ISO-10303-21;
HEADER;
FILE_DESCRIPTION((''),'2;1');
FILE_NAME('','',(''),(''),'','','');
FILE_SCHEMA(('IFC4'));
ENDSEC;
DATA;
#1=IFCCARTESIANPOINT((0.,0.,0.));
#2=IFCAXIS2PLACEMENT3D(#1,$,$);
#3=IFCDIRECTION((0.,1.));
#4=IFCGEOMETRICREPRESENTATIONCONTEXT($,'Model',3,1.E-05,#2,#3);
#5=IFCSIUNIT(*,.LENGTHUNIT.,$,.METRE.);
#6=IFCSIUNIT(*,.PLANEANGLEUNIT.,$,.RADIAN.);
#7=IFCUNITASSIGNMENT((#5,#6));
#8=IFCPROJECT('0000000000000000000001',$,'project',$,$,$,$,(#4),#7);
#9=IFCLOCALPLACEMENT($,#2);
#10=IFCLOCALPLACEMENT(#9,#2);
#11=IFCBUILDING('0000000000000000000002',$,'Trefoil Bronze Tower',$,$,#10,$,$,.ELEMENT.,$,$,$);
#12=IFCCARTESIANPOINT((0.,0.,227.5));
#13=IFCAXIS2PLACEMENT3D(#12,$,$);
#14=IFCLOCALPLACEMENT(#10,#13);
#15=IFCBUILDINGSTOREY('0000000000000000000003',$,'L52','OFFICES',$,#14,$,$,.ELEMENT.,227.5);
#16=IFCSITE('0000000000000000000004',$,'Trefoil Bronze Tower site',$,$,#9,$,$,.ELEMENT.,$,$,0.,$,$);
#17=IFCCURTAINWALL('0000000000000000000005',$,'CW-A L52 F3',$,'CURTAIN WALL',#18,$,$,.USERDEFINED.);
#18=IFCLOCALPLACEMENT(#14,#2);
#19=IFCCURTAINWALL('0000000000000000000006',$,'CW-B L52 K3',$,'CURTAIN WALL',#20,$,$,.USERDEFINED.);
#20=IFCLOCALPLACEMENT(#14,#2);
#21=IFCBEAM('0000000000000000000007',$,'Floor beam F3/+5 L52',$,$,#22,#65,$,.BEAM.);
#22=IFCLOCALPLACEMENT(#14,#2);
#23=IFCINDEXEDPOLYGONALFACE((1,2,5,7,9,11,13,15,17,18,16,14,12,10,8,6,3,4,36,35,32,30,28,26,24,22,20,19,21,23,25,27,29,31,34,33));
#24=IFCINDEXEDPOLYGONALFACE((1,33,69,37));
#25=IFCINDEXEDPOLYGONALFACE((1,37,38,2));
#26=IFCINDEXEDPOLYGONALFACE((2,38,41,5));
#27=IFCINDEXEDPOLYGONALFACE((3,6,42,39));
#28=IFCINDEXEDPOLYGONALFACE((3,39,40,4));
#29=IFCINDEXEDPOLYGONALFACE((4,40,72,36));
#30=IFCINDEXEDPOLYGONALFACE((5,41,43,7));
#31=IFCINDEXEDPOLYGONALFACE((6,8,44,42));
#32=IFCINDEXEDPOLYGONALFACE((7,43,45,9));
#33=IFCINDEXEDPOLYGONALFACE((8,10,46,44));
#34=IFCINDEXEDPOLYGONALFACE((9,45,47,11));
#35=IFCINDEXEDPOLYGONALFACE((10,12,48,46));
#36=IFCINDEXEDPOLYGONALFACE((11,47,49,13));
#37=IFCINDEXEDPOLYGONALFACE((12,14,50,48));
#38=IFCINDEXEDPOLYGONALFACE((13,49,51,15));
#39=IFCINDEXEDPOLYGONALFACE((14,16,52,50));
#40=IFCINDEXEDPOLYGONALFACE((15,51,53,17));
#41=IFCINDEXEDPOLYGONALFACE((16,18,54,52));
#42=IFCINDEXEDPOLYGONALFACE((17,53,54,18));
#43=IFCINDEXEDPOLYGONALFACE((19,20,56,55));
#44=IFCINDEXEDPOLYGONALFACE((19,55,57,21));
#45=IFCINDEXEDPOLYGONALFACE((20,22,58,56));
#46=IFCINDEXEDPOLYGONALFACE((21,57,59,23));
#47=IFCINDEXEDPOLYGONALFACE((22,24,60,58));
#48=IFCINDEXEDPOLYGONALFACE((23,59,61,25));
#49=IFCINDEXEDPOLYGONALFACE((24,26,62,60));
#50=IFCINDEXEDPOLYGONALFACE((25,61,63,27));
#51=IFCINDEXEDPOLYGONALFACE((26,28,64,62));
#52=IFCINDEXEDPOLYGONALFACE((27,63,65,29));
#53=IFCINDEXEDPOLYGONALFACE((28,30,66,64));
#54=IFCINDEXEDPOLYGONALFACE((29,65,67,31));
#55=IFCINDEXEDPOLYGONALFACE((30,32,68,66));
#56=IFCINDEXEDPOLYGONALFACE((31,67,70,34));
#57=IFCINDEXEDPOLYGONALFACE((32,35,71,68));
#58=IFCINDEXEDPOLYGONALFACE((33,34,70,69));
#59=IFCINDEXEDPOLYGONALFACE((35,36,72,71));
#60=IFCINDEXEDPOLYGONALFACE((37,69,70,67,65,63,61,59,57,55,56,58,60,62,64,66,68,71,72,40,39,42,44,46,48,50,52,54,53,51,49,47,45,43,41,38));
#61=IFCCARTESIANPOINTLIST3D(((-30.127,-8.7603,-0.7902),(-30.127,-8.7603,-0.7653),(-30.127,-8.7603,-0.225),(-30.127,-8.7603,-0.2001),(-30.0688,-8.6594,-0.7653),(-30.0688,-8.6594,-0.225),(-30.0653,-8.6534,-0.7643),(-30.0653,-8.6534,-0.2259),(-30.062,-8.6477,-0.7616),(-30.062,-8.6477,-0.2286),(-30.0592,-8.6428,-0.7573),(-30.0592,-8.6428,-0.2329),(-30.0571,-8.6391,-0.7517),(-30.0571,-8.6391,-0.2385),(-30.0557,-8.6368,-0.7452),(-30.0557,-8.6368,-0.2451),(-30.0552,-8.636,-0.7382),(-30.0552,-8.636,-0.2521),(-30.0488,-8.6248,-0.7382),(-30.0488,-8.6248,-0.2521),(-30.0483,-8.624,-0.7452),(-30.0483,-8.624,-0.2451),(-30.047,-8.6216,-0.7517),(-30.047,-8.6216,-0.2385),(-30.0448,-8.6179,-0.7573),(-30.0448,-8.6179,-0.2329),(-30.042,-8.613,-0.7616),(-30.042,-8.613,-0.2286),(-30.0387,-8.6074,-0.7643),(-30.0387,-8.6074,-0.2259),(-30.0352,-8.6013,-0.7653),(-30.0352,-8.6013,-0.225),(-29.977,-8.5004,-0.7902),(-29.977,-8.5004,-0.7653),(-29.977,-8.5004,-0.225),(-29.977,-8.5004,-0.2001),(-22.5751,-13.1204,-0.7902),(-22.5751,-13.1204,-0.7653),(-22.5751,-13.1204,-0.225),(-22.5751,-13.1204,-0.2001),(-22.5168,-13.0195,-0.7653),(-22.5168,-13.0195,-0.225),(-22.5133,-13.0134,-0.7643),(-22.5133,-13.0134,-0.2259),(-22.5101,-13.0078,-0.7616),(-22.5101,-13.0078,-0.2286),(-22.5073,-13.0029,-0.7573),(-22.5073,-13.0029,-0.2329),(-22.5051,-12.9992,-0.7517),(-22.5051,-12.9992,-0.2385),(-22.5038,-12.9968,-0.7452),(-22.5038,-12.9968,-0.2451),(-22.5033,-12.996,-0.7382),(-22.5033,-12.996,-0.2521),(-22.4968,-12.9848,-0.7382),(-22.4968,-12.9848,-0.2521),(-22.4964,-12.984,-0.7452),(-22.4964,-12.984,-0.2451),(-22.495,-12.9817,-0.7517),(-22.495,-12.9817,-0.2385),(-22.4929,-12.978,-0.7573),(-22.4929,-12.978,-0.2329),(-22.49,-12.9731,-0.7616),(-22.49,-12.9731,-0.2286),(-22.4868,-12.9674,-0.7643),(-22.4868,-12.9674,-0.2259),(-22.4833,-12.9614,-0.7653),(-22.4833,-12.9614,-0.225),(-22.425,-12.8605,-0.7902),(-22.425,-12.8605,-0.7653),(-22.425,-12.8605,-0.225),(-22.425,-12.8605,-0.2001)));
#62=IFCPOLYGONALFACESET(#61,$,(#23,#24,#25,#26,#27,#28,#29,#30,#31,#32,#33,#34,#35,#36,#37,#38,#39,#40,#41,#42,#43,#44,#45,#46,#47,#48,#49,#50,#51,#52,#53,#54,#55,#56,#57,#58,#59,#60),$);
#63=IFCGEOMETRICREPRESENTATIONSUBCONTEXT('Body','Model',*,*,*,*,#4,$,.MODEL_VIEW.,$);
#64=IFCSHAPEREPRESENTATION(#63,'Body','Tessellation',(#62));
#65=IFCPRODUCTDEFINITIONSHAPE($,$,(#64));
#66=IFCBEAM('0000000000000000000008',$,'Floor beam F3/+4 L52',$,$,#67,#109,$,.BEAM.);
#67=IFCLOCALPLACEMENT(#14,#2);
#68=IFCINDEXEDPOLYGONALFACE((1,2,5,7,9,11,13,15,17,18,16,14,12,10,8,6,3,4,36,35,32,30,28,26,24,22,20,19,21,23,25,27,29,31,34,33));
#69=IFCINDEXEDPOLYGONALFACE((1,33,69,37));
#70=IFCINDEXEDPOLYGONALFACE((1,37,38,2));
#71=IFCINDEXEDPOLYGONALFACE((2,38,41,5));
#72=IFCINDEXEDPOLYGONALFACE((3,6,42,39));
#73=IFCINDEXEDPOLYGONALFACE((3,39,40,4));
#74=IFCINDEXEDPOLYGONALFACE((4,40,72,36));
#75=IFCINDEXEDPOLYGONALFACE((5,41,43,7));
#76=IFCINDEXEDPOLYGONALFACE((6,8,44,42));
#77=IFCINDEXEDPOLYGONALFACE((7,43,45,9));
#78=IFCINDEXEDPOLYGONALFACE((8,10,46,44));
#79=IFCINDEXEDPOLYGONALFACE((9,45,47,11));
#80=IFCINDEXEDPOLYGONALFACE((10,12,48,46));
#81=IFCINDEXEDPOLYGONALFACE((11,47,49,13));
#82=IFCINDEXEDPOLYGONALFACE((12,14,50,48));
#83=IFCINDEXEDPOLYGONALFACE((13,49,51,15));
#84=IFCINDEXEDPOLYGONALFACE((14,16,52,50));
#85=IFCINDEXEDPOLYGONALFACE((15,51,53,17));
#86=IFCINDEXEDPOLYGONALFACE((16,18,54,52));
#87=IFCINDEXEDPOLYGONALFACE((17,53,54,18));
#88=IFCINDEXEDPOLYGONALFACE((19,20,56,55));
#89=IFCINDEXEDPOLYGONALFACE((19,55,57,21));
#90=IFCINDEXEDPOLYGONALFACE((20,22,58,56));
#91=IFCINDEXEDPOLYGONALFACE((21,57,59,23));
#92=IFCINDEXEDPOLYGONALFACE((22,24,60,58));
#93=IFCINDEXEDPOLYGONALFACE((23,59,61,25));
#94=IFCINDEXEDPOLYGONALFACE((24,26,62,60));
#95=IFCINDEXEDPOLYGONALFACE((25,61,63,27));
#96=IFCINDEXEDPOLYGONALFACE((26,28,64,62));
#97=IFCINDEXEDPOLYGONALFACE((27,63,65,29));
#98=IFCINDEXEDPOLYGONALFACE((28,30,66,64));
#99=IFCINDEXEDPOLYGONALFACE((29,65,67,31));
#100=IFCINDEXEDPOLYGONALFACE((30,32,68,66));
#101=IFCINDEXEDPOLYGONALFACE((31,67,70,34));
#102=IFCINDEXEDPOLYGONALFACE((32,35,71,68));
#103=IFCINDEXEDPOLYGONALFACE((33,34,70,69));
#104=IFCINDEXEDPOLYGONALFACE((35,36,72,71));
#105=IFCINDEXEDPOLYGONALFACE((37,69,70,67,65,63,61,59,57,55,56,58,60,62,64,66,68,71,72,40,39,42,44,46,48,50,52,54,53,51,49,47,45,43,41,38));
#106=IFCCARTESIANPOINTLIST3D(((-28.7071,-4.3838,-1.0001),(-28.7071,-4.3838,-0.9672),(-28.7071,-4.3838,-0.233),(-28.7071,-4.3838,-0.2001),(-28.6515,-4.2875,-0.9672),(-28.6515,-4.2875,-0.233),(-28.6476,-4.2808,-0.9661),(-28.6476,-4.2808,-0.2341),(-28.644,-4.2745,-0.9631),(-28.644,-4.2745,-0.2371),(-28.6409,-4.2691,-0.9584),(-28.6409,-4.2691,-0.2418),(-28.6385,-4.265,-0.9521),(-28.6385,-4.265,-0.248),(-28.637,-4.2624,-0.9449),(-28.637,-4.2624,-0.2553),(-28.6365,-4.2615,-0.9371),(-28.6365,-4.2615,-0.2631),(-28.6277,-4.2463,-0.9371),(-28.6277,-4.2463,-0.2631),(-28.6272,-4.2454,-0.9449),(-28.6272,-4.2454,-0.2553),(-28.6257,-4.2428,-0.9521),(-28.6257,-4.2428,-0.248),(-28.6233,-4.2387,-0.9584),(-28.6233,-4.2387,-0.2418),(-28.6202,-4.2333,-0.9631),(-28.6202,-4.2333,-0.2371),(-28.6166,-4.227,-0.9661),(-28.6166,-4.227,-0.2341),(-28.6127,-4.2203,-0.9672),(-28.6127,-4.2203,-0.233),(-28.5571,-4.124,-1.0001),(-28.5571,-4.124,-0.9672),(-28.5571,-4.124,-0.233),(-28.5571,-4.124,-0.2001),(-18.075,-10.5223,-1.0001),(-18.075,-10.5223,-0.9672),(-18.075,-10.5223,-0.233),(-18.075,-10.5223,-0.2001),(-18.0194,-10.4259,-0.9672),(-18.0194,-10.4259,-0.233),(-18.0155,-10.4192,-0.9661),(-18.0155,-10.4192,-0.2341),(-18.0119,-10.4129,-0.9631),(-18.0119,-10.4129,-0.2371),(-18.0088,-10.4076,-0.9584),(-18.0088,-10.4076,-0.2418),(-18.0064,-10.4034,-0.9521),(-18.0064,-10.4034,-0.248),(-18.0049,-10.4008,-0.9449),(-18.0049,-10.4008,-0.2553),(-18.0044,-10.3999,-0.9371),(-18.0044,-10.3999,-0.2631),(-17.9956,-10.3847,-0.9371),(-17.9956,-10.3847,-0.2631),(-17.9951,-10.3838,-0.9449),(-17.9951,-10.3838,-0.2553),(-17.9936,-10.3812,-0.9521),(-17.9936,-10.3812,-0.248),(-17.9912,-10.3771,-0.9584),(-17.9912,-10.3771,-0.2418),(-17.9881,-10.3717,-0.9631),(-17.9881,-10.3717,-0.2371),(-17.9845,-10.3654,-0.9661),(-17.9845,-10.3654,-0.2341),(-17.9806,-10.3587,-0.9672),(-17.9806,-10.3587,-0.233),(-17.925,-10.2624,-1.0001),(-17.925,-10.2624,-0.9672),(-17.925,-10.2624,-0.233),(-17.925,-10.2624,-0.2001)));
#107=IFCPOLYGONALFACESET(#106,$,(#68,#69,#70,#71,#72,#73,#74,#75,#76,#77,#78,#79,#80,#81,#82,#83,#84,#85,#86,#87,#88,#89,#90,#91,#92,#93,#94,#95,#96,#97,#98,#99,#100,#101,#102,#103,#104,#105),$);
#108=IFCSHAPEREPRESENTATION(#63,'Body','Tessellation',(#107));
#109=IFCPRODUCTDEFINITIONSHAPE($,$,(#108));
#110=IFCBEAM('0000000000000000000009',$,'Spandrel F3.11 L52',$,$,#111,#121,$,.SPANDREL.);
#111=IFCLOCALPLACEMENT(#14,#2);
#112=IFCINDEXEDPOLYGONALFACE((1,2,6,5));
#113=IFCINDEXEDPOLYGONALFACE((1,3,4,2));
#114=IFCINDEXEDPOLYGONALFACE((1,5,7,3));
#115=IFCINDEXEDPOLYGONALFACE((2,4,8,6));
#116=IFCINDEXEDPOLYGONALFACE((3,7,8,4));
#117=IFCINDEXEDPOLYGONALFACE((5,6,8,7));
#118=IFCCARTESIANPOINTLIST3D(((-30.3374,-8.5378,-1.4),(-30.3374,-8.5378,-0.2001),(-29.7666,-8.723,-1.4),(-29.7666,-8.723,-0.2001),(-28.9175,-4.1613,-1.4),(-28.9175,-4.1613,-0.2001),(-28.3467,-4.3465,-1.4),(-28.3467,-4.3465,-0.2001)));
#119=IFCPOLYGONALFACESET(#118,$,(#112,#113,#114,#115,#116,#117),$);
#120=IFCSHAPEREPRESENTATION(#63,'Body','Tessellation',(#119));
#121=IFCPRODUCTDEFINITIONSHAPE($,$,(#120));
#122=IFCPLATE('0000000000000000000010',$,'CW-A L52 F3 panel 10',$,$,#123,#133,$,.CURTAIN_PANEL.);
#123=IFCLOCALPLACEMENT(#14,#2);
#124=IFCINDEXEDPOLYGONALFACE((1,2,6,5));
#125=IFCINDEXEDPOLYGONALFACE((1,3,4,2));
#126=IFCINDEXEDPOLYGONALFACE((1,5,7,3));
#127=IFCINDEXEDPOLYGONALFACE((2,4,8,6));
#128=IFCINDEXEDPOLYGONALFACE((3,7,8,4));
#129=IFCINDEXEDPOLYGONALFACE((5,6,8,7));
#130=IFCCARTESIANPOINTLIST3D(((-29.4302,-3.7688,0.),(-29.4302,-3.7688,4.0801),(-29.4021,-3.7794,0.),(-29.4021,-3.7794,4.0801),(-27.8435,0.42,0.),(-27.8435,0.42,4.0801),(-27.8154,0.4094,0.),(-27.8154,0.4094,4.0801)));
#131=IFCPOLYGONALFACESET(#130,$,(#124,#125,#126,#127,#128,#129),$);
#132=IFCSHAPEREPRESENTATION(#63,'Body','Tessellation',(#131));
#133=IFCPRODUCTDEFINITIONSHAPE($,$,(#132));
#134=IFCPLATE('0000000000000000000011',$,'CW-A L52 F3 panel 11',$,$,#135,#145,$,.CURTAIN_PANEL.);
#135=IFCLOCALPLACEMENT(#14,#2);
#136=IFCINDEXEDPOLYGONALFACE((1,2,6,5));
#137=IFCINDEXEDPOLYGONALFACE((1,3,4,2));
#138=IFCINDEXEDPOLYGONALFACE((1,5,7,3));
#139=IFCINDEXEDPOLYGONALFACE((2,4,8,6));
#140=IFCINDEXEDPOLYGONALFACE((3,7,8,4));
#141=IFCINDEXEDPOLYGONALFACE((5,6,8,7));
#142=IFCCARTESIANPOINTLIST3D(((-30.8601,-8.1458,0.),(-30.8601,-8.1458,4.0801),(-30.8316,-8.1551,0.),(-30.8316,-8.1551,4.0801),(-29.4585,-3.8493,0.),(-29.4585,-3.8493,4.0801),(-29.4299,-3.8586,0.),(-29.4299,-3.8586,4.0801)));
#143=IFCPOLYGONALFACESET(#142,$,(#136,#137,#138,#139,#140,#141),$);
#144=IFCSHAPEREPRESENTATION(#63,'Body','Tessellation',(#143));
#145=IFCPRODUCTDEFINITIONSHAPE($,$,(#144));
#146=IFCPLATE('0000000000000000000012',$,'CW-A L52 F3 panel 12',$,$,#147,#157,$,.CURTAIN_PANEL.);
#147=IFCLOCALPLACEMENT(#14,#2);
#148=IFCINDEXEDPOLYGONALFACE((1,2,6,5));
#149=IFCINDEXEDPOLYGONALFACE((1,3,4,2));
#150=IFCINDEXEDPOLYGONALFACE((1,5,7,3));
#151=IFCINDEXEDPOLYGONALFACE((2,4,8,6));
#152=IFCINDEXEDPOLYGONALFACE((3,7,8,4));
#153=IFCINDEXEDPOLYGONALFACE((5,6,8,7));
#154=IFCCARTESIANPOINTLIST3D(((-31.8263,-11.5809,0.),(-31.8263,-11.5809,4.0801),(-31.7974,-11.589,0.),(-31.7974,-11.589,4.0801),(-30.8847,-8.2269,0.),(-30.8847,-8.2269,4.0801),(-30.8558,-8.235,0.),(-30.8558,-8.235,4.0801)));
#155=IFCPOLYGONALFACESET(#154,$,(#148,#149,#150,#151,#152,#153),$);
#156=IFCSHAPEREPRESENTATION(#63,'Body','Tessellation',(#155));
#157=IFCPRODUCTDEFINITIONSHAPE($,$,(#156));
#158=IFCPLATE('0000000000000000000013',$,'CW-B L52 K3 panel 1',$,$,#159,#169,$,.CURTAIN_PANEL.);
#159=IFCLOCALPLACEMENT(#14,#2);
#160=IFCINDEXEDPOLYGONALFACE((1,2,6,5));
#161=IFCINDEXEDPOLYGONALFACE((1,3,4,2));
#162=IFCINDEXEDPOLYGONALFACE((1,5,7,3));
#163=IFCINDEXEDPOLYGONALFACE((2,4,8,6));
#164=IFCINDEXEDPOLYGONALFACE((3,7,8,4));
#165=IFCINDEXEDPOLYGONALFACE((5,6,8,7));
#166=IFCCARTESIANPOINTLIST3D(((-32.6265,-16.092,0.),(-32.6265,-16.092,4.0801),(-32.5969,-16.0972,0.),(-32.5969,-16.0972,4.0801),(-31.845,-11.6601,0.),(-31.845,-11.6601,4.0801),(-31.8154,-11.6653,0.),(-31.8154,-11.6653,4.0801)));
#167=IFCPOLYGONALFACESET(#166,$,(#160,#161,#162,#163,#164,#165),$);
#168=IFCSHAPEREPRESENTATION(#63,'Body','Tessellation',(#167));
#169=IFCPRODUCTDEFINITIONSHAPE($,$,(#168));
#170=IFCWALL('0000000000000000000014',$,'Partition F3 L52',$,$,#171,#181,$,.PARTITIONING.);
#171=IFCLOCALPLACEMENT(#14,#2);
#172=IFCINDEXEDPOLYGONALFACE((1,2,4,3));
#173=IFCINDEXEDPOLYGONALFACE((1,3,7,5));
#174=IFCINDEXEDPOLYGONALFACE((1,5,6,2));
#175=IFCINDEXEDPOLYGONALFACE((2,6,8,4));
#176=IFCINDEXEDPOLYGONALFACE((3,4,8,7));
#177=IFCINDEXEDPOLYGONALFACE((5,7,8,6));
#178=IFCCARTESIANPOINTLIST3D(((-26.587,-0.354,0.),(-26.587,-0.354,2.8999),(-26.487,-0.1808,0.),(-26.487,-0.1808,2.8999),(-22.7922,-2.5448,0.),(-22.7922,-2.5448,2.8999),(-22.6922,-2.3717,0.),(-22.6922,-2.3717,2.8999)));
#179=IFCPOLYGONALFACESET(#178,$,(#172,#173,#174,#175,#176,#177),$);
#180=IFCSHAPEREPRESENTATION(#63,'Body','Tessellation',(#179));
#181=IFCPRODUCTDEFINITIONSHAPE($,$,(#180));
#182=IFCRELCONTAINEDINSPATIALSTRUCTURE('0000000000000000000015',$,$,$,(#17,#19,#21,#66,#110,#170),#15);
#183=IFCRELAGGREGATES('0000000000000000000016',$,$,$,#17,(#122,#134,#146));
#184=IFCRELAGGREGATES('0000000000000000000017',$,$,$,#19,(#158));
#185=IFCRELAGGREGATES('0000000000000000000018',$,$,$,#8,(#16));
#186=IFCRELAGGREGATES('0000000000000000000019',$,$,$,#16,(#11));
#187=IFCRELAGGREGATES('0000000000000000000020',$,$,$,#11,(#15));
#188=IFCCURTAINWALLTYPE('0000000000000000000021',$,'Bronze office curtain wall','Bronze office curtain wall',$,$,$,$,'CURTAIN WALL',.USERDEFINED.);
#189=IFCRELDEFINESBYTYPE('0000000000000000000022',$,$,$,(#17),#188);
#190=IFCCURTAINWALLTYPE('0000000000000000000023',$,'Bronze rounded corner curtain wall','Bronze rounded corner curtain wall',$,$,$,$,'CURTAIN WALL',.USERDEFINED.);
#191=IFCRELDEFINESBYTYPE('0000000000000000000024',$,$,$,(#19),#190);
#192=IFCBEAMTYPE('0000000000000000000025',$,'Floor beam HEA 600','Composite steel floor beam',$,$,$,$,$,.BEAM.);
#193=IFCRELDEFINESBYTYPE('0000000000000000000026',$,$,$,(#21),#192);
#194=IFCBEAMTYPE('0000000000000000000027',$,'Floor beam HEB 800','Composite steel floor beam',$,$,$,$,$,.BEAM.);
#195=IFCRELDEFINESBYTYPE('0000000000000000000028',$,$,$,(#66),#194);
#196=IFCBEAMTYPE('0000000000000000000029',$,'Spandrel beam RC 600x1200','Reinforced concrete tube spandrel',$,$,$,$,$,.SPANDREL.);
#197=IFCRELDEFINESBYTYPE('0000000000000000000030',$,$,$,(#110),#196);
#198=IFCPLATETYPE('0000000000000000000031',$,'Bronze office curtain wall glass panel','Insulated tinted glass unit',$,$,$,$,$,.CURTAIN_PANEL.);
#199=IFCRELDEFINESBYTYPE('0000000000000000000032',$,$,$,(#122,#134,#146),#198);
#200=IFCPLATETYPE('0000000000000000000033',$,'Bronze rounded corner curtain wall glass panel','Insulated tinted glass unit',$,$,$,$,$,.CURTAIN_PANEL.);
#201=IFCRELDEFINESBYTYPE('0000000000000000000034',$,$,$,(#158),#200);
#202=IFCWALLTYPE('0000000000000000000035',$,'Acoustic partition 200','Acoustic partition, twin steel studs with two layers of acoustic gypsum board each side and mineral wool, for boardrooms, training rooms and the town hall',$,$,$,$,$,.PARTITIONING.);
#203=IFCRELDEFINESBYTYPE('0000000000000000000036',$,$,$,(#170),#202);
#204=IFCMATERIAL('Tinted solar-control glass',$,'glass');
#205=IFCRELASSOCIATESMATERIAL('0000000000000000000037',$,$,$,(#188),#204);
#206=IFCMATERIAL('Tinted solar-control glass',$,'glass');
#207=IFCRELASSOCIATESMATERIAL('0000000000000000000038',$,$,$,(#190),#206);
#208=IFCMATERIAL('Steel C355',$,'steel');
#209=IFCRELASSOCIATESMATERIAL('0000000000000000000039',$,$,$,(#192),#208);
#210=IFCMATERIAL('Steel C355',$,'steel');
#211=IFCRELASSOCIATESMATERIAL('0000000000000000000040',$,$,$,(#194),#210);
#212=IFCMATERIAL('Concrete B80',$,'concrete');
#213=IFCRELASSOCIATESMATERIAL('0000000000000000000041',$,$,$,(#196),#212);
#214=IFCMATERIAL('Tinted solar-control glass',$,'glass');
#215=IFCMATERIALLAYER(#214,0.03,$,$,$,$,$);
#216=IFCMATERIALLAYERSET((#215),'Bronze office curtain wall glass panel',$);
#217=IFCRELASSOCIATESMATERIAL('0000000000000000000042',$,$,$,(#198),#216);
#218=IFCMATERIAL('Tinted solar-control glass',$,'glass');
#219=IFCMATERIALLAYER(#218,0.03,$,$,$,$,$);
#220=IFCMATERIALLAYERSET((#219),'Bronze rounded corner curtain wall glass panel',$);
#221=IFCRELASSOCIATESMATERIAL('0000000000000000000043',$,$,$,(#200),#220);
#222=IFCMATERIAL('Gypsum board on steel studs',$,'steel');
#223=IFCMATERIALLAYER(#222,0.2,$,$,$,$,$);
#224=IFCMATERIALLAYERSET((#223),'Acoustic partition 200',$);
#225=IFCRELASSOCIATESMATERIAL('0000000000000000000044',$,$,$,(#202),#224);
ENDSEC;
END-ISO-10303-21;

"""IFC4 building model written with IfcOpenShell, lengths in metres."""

from ifc_helpers import new_model, si_unit, direction, frame, frame_2d, origin, origin_2d, place, context, subcontext, project, spatial, rectangle, i_section, extrude, material, layer, layer_set, material_profile, profile_set, type_object, element, aggregate, save


model = new_model("IFC4")

# Units and contexts
model_context = context("Model", 3, precision=1e-05, world=origin(), true_north=direction((0.0, 1.0)))
body_context = subcontext(model_context, "Body", "Model", "MODEL_VIEW")
ifc_project = project(units=[si_unit("LENGTHUNIT", "METRE"), si_unit("PLANEANGLEUNIT", "RADIAN")], contexts=[model_context])

# Site, building, storey
site_placement = place(None, origin())
site = spatial("IfcSite", under=ifc_project, at=site_placement, Name="Trefoil Bronze Tower site", CompositionType="ELEMENT", RefElevation=0.0)
building_placement = place(site_placement, origin())
building = spatial("IfcBuilding", under=site, at=building_placement, Name="Trefoil Bronze Tower", CompositionType="ELEMENT")
storey_placement = place(building_placement, frame((0.0, 0.0, 227.5)))
storey = spatial("IfcBuildingStorey", under=building, at=storey_placement, Name="L52", Description="OFFICES", CompositionType="ELEMENT", Elevation=227.5)

# Curtain walls
ifc_material_1 = material(Name="Tinted solar-control glass", Category="glass")
curtain_wall_type_1 = type_object("IfcCurtainWallType", Name="Bronze office curtain wall", Description="Bronze office curtain wall", ElementType="CURTAIN WALL", PredefinedType="USERDEFINED", material=ifc_material_1)
curtain_wall_1_placement = place(storey_placement, origin())
curtain_wall_1 = element("IfcCurtainWall", 1, at=curtain_wall_1_placement, inside=storey, type_object=curtain_wall_type_1, Name="CW-A L52 F3", ObjectType="CURTAIN WALL", PredefinedType="USERDEFINED")
ifc_material_2 = material(Name="Tinted solar-control glass", Category="glass")
curtain_wall_type_2 = type_object("IfcCurtainWallType", Name="Bronze rounded corner curtain wall", Description="Bronze rounded corner curtain wall", ElementType="CURTAIN WALL", PredefinedType="USERDEFINED", material=ifc_material_2)
curtain_wall_2_placement = place(storey_placement, origin())
curtain_wall_2 = element("IfcCurtainWall", 2, at=curtain_wall_2_placement, inside=storey, type_object=curtain_wall_type_2, Name="CW-B L52 K3", ObjectType="CURTAIN WALL", PredefinedType="USERDEFINED")

# Beams
ifc_material_3 = material(Name="Steel C355", Category="steel")
ifc_material_profile_1 = material_profile(ifc_material_3, i_section(OverallWidth=0.3, OverallDepth=0.5901, WebThickness=0.0129, FlangeThickness=0.0249, FilletRadius=0.0271, at=origin_2d()), Name="HEA 600")
ifc_profile_set_1 = profile_set([ifc_material_profile_1], Name="Steel C355")
beam_type_1 = type_object("IfcBeamType", Name="Floor beam HEA 600", Description="Composite steel floor beam", PredefinedType="BEAM", material=ifc_profile_set_1)
beam_1_placement = place(storey_placement, frame((-30.052, -8.6304, -0.4951), z_axis=(0.866028, -0.499996, 0.0), x_axis=(0.499996, 0.866028, 0.0)))
element("IfcBeam", 3, at=beam_1_placement, inside=storey, type_object=beam_type_1, Name="Floor beam F3/+5 L52", PredefinedType="BEAM", context=body_context, shape_type="SweptSolid", body=[
    extrude(i_section(OverallWidth=0.3, OverallDepth=0.5901, WebThickness=0.0129, FlangeThickness=0.0249, FilletRadius=0.0271, at=origin_2d()), origin(), (0.0, 0.0, 1.0), 8.7202),
])
ifc_material_4 = material(Name="Steel C355", Category="steel")
ifc_material_profile_2 = material_profile(ifc_material_4, i_section(OverallWidth=0.3, OverallDepth=0.8, WebThickness=0.0176, FlangeThickness=0.033, FilletRadius=0.03, at=origin_2d()), Name="HEB 800")
ifc_profile_set_2 = profile_set([ifc_material_profile_2], Name="Steel C355")
beam_type_2 = type_object("IfcBeamType", Name="Floor beam HEB 800", Description="Composite steel floor beam", PredefinedType="BEAM", material=ifc_profile_set_2)
beam_2_placement = place(storey_placement, frame((-28.6321, -4.2539, -0.6001), z_axis=(0.866026, -0.5, 0.0), x_axis=(0.5, 0.866026, 0.0)))
element("IfcBeam", 4, at=beam_2_placement, inside=storey, type_object=beam_type_2, Name="Floor beam F3/+4 L52", PredefinedType="BEAM", context=body_context, shape_type="SweptSolid", body=[
    extrude(i_section(OverallWidth=0.3, OverallDepth=0.8, WebThickness=0.0176, FlangeThickness=0.033, FilletRadius=0.03, at=origin_2d()), origin(), (0.0, 0.0, 1.0), 12.2769),
])
ifc_material_5 = material(Name="Concrete B80", Category="concrete")
ifc_material_profile_3 = material_profile(ifc_material_5, rectangle(XDim=0.6001, YDim=1.2, at=origin_2d()), Name="RC 600x1200")
ifc_profile_set_3 = profile_set([ifc_material_profile_3], Name="Concrete B80")
beam_type_3 = type_object("IfcBeamType", Name="Spandrel beam RC 600x1200", Description="Reinforced concrete tube spandrel", PredefinedType="SPANDREL", material=ifc_profile_set_3)
beam_3_placement = place(storey_placement, frame((-28.6321, -4.2539, -0.8), z_axis=(-0.308609, -0.951189, 0.0), x_axis=(0.951189, -0.308609, 0.0)))
element("IfcBeam", 5, at=beam_3_placement, inside=storey, type_object=beam_type_3, Name="Spandrel F3.11 L52", PredefinedType="SPANDREL", context=body_context, shape_type="SweptSolid", body=[
    extrude(rectangle(XDim=0.6001, YDim=1.2, at=origin_2d()), origin(), (0.0, 0.0, 1.0), 4.6011),
])

# Plates
ifc_material_6 = material(Name="Tinted solar-control glass", Category="glass")
ifc_layer_1 = layer(ifc_material_6, 0.03)
ifc_layer_set_1 = layer_set([ifc_layer_1], Name="Bronze office curtain wall glass panel")
plate_type_1 = type_object("IfcPlateType", Name="Bronze office curtain wall glass panel", Description="Insulated tinted glass unit", PredefinedType="CURTAIN_PANEL", material=ifc_layer_set_1)
plate_1_placement = place(storey_placement, frame((-28.6228, -1.6797, 0.0), z_axis=(0.0, 0.0, 1.0), x_axis=(-0.354234, -0.935157, 0.0)))
plate_1 = element("IfcPlate", 6, at=plate_1_placement, type_object=plate_type_1, Name="CW-A L52 F3 panel 10", PredefinedType="CURTAIN_PANEL", context=body_context, shape_type="SweptSolid", body=[
    extrude(rectangle(XDim=4.4792, YDim=0.03, at=origin_2d()), origin(), (0.0, 0.0, 1.0), 4.0801),
])
plate_2_placement = place(storey_placement, frame((-30.145, -6.0022, 0.0), z_axis=(0.0, 0.0, 1.0), x_axis=(-0.310149, -0.950688, 0.0)))
plate_2 = element("IfcPlate", 7, at=plate_2_placement, type_object=plate_type_1, Name="CW-A L52 F3 panel 11", PredefinedType="CURTAIN_PANEL", context=body_context, shape_type="SweptSolid", body=[
    extrude(rectangle(XDim=4.5193, YDim=0.03, at=origin_2d()), origin(), (0.0, 0.0, 1.0), 4.0801),
])
plate_3_placement = place(storey_placement, frame((-31.3411, -9.908, 0.0), z_axis=(0.0, 0.0, 1.0), x_axis=(-0.270282, -0.962781, 0.0)))
plate_3 = element("IfcPlate", 8, at=plate_3_placement, type_object=plate_type_1, Name="CW-A L52 F3 panel 12", PredefinedType="CURTAIN_PANEL", context=body_context, shape_type="SweptSolid", body=[
    extrude(rectangle(XDim=3.4836, YDim=0.03, at=origin_2d()), origin(), (0.0, 0.0, 1.0), 4.0801),
])
aggregate(curtain_wall_1, [plate_1, plate_2, plate_3])
ifc_material_7 = material(Name="Tinted solar-control glass", Category="glass")
ifc_layer_2 = layer(ifc_material_7, 0.03)
ifc_layer_set_2 = layer_set([ifc_layer_2], Name="Bronze rounded corner curtain wall glass panel")
plate_type_2 = type_object("IfcPlateType", Name="Bronze rounded corner curtain wall glass panel", Description="Insulated tinted glass unit", PredefinedType="CURTAIN_PANEL", material=ifc_layer_set_2)
plate_4_placement = place(storey_placement, frame((-32.2209, -13.8787, 0.0), z_axis=(0.0, 0.0, 1.0), x_axis=(-0.173648, -0.984808, 0.0)))
plate_4 = element("IfcPlate", 9, at=plate_4_placement, type_object=plate_type_2, Name="CW-B L52 K3 panel 1", PredefinedType="CURTAIN_PANEL", context=body_context, shape_type="SweptSolid", body=[
    extrude(rectangle(XDim=4.5002, YDim=0.03, at=origin_2d()), origin(), (0.0, 0.0, 1.0), 4.0801),
])
aggregate(curtain_wall_2, [plate_4])

# Wall
ifc_material_8 = material(Name="Gypsum board on steel studs", Category="steel")
ifc_layer_3 = layer(ifc_material_8, 0.2)
ifc_layer_set_3 = layer_set([ifc_layer_3], Name="Acoustic partition 200")
wall_type_1 = type_object("IfcWallType", Name="Acoustic partition 200", Description="Acoustic partition, twin steel studs with two layers of acoustic gypsum board each side and mineral wool, for boardrooms, training rooms and the town hall", PredefinedType="PARTITIONING", material=ifc_layer_set_3)
wall_1_placement = place(storey_placement, frame((-22.7422, -2.4583, 0.0), z_axis=(0.0, 0.0, 1.0), x_axis=(-0.866033, 0.499986, 0.0)))
element("IfcWall", 10, at=wall_1_placement, inside=storey, type_object=wall_type_1, Name="Partition F3 L52", PredefinedType="PARTITIONING", context=body_context, shape_type="SweptSolid", body=[
    extrude(rectangle(XDim=4.3818, YDim=0.2, at=frame_2d((2.1909, 0.0))), origin(), (0.0, 0.0, 1.0), 2.8999),
])

save(model, "model.ifc")
